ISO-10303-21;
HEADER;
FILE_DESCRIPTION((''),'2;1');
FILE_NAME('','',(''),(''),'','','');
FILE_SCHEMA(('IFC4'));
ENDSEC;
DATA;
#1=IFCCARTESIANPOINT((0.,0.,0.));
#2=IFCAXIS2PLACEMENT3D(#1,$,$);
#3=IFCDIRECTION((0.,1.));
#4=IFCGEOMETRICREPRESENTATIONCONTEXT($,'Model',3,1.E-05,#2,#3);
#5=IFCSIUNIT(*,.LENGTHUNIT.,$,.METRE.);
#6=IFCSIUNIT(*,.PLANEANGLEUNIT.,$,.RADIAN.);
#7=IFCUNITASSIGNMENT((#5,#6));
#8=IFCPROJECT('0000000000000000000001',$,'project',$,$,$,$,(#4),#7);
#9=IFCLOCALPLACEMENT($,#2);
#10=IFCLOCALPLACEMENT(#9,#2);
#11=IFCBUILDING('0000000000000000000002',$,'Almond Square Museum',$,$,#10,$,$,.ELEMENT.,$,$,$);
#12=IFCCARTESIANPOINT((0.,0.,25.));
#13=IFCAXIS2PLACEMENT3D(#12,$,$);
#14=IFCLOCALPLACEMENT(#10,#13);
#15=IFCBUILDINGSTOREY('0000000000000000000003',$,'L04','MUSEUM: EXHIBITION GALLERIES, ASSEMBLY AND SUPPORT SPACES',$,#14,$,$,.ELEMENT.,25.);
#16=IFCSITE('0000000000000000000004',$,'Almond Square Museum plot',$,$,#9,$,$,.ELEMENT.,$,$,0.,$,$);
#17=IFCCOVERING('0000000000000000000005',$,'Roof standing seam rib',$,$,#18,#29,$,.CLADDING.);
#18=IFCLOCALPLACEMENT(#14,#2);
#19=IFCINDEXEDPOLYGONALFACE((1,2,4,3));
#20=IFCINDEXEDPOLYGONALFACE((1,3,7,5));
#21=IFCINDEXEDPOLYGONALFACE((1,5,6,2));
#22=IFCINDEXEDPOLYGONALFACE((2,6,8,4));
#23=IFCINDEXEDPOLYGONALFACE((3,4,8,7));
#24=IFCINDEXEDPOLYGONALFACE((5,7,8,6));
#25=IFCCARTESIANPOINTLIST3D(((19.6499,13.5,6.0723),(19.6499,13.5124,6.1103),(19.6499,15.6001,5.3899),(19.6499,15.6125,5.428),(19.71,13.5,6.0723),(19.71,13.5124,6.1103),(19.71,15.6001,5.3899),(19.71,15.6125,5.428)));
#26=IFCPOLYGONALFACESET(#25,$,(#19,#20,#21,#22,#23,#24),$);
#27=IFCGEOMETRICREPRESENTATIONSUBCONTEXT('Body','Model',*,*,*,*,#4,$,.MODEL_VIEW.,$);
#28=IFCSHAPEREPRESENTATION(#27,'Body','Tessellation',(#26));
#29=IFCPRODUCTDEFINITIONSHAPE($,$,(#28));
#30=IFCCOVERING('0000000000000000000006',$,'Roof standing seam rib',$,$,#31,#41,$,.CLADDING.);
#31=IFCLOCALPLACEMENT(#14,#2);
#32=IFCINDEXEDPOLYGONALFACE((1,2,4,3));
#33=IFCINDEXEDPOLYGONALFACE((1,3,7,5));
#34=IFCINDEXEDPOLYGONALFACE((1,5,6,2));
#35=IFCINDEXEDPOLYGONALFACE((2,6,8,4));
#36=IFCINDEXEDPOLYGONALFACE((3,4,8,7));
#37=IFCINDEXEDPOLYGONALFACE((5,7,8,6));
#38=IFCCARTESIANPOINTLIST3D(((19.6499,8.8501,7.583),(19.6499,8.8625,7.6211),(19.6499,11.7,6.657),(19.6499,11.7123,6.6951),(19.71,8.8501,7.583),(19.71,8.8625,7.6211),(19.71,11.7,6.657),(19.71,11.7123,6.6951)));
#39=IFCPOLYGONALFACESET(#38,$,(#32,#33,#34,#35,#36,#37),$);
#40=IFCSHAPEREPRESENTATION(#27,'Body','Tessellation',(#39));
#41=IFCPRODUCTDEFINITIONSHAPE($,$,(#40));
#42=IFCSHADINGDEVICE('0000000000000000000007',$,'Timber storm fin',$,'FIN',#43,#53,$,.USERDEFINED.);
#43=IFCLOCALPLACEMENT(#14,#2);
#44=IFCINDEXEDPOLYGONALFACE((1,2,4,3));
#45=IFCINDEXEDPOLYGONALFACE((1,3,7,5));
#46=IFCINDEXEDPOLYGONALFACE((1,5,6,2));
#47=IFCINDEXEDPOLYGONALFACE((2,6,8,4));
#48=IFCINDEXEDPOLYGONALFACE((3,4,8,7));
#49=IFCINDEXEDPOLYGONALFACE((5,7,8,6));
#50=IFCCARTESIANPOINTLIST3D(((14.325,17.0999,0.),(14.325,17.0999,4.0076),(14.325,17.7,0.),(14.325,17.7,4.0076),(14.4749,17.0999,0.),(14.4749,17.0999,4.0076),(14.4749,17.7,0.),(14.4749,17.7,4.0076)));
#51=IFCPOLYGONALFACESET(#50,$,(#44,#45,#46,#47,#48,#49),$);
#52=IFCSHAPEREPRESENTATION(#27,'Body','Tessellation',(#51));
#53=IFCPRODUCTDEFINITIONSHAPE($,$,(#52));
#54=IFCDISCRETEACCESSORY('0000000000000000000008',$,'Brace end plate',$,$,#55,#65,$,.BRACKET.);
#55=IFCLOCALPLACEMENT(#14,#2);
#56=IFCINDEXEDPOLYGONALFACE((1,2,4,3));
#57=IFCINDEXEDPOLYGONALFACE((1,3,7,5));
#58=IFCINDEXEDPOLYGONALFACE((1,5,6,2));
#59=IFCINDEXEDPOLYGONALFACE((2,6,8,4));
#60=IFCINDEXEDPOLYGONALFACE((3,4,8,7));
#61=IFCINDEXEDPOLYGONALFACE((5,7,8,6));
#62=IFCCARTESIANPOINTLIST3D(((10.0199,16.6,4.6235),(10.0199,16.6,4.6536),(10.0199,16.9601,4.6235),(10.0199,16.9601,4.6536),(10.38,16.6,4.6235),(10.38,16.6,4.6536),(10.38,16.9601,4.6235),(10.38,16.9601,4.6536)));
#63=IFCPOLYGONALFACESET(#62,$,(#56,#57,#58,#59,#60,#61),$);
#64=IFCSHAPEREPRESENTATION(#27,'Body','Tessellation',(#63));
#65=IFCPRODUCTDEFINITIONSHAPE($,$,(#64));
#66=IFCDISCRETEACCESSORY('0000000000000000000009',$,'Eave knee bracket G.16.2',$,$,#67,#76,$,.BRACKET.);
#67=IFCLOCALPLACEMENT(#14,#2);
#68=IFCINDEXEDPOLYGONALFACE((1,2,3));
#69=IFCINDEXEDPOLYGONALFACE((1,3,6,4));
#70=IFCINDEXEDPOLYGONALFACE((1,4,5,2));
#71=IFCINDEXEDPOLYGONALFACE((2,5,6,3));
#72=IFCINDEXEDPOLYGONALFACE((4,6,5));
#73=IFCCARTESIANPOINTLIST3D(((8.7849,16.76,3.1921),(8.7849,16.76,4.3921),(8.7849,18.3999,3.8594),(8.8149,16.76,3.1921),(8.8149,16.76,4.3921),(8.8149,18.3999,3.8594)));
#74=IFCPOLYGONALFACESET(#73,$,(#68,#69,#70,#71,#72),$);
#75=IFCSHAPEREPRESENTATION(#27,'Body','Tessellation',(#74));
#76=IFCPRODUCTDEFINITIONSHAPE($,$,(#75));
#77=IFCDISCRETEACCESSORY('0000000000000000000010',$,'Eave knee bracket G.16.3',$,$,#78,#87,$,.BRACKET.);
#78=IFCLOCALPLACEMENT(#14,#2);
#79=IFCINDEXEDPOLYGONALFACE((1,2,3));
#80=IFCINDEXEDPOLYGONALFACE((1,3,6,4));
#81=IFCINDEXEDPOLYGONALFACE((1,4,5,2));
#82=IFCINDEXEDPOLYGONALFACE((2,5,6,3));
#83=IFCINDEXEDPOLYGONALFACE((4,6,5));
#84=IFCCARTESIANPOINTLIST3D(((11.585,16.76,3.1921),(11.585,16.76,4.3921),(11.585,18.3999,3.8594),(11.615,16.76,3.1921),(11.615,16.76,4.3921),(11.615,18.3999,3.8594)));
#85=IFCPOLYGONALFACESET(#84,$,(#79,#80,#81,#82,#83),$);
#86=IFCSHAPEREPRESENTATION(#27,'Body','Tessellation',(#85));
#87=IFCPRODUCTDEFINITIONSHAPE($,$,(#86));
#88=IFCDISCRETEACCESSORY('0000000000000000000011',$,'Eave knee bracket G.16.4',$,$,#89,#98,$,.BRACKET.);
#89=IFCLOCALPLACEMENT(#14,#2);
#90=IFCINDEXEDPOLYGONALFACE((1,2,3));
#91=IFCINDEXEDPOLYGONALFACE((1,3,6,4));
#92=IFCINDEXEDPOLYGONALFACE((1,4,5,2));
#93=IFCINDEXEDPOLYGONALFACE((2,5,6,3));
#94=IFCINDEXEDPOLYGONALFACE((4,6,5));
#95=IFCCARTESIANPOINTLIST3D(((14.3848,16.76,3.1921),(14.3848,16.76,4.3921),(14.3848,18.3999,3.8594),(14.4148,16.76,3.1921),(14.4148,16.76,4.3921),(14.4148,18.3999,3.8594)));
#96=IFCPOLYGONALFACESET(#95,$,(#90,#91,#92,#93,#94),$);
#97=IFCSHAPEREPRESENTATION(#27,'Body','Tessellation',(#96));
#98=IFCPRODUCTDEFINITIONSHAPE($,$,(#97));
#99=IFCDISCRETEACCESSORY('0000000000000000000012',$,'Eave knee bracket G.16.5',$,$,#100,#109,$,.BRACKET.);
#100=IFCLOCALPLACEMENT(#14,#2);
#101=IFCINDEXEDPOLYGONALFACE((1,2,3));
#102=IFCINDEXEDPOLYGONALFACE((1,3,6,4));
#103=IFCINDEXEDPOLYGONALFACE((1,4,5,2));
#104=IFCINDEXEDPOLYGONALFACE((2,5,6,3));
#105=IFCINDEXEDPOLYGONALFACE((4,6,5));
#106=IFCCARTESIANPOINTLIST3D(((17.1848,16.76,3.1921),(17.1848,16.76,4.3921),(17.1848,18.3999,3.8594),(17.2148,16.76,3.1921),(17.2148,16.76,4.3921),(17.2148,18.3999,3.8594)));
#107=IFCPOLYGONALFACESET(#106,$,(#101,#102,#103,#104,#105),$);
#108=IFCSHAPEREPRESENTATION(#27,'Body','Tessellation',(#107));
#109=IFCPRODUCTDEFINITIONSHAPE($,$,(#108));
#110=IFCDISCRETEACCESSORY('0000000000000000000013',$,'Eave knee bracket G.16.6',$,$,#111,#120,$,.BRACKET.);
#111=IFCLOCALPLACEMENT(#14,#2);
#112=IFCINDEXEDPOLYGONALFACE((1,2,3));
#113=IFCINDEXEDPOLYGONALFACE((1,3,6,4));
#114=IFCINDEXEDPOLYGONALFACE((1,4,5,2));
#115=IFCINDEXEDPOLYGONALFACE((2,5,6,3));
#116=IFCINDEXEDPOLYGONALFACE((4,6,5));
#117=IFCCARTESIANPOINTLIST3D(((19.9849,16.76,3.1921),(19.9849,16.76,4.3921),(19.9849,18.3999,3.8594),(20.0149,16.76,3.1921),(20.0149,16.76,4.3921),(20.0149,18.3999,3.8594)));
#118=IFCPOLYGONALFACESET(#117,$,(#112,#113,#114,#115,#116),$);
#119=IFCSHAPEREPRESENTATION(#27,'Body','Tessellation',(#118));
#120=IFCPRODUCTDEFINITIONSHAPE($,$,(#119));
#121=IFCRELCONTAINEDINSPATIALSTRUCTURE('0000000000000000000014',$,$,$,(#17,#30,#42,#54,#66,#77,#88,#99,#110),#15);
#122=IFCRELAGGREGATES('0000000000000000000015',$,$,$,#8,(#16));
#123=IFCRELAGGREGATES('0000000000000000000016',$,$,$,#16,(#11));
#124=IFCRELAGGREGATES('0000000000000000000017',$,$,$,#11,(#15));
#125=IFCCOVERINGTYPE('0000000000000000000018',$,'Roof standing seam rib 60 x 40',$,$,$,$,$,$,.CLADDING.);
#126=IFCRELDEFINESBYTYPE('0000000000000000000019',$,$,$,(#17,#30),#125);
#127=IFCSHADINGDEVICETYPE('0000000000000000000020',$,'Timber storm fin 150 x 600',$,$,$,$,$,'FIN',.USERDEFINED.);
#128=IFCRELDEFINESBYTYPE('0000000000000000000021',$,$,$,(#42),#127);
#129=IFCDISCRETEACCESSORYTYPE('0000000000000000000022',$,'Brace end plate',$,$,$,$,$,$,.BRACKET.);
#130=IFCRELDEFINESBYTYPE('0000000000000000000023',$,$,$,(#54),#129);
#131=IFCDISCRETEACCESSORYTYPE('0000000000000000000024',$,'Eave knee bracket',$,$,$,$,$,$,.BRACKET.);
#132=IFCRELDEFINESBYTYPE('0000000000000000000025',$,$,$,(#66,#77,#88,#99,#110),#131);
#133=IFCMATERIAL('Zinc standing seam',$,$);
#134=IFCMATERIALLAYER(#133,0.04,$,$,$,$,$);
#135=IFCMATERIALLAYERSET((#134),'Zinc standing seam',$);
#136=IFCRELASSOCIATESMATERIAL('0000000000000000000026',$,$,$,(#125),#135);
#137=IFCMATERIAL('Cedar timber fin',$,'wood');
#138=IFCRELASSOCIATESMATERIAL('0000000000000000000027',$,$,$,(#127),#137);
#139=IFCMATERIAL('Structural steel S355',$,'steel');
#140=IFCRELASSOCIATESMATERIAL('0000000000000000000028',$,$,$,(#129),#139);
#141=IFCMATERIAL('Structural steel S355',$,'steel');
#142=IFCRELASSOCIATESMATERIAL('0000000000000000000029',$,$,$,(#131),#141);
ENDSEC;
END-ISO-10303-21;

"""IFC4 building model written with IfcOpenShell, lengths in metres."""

from ifc_helpers import new_model, si_unit, direction, frame, origin, origin_2d, place, context, subcontext, project, spatial, polyline, rectangle, outline, extrude, material, layer, layer_set, type_object, element, save


model = new_model("IFC4")

# Units and contexts
model_context = context("Model", 3, precision=1e-05, world=origin(), true_north=direction((0.0, 1.0)))
body_context = subcontext(model_context, "Body", "Model", "MODEL_VIEW")
ifc_project = project(units=[si_unit("LENGTHUNIT", "METRE"), si_unit("PLANEANGLEUNIT", "RADIAN")], contexts=[model_context])

# Site, building, storey
site_placement = place(None, origin())
site = spatial("IfcSite", under=ifc_project, at=site_placement, Name="Almond Square Museum plot", CompositionType="ELEMENT", RefElevation=0.0)
building_placement = place(site_placement, origin())
building = spatial("IfcBuilding", under=site, at=building_placement, Name="Almond Square Museum", CompositionType="ELEMENT")
storey_placement = place(building_placement, frame((0.0, 0.0, 25.0)))
storey = spatial("IfcBuildingStorey", under=building, at=storey_placement, Name="L04", Description="MUSEUM: EXHIBITION GALLERIES, ASSEMBLY AND SUPPORT SPACES", CompositionType="ELEMENT", Elevation=25.0)

# Coverings
ifc_material_1 = material(Name="Zinc standing seam")
ifc_layer_1 = layer(ifc_material_1, 0.04)
ifc_layer_set_1 = layer_set([ifc_layer_1], Name="Zinc standing seam")
covering_type = type_object("IfcCoveringType", Name="Roof standing seam rib 60 x 40", PredefinedType="CLADDING", material=ifc_layer_set_1)
covering_1_placement = place(storey_placement, frame((19.6499, 13.5, 6.0723), z_axis=(0.0, 0.309021, 0.951055), x_axis=(1.0, 0.0, 0.0)))
element("IfcCovering", 1, at=covering_1_placement, inside=storey, type_object=covering_type, Name="Roof standing seam rib", PredefinedType="CLADDING", context=body_context, shape_type="SweptSolid", body=[
    extrude(outline(polyline([(0.0, 0.0), (0.0601, 0.0), (0.0601, 2.2082), (0.0, 2.2082), (0.0, 0.0)])), origin(), (0.0, 0.0, 1.0), 0.04),
])
covering_2_placement = place(storey_placement, frame((19.6499, 11.7, 6.657), z_axis=(0.0, 0.309033, 0.951051), x_axis=(0.0, -0.951051, 0.309033)))
element("IfcCovering", 2, at=covering_2_placement, inside=storey, type_object=covering_type, Name="Roof standing seam rib", PredefinedType="CLADDING", context=body_context, shape_type="SweptSolid", body=[
    extrude(outline(polyline([(0.0, 0.0), (2.9965, 0.0), (2.9965, 0.0601), (0.0, 0.0601), (0.0, 0.0)])), origin(), (0.0, 0.0, 1.0), 0.04),
])

# Shading device
ifc_material_2 = material(Name="Cedar timber fin", Category="wood")
shading_device_type_1 = type_object("IfcShadingDeviceType", Name="Timber storm fin 150 x 600", ElementType="FIN", PredefinedType="USERDEFINED", material=ifc_material_2)
shading_device_placement = place(storey_placement, frame((14.3999, 17.3999, 0.0), z_axis=(0.0, 0.0, 1.0), x_axis=(1.0, 0.0, 0.0)))
element("IfcShadingDevice", 3, at=shading_device_placement, inside=storey, type_object=shading_device_type_1, Name="Timber storm fin", ObjectType="FIN", PredefinedType="USERDEFINED", context=body_context, shape_type="SweptSolid", body=[
    extrude(rectangle(XDim=0.1499, YDim=0.6001, at=origin_2d()), origin(), (0.0, 0.0, 1.0), 4.0076),
])

# Discrete accessories
ifc_material_3 = material(Name="Structural steel S355", Category="steel")
discrete_accessory_type_1 = type_object("IfcDiscreteAccessoryType", Name="Brace end plate", PredefinedType="BRACKET", material=ifc_material_3)
discrete_accessory_placement = place(storey_placement, frame((10.2, 16.78, 4.6235), z_axis=(0.0, 0.0, 1.0), x_axis=(1.0, 0.0, 0.0)))
element("IfcDiscreteAccessory", 4, at=discrete_accessory_placement, inside=storey, type_object=discrete_accessory_type_1, Name="Brace end plate", PredefinedType="BRACKET", context=body_context, shape_type="SweptSolid", body=[
    extrude(rectangle(XDim=0.3601, YDim=0.3601, at=origin_2d()), origin(), (0.0, 0.0, 1.0), 0.03),
])
ifc_material_4 = material(Name="Structural steel S355", Category="steel")
discrete_accessory_type_2 = type_object("IfcDiscreteAccessoryType", Name="Eave knee bracket", PredefinedType="BRACKET", material=ifc_material_4)
for number, where, z_axis, x_axis, name in (
    (5, (8.8, 16.76, 4.3921), (1.0, 0.0, 0.0), (0.0, 0.0, -1.0), "Eave knee bracket G.16.2"),
    (6, (11.6001, 16.76, 4.3921), (1.0, 0.0, 0.0), (0.0, 0.0, -1.0), "Eave knee bracket G.16.3"),
    (7, (14.3999, 16.76, 4.3921), (1.0, 0.0, 0.0), (0.0, 0.0, -1.0), "Eave knee bracket G.16.4"),
    (8, (17.2, 16.76, 4.3921), (1.0, 0.0, 0.0), (0.0, 0.0, -1.0), "Eave knee bracket G.16.5"),
    (9, (20.0, 16.76, 4.3921), (1.0, 0.0, 0.0), (0.0, 0.0, -1.0), "Eave knee bracket G.16.6"),
):
    element("IfcDiscreteAccessory", number, at=place(storey_placement, frame(where, z_axis=z_axis, x_axis=x_axis)), inside=storey, type_object=discrete_accessory_type_2, Name=name, PredefinedType="BRACKET", context=body_context, shape_type="SweptSolid", body=[
        extrude(outline(polyline([(0.0, 0.0), (1.2, 0.0), (0.5327, 1.6399), (0.0, 0.0)])), frame((0.0, 0.0, -0.0151)), (0.0, 0.0, 1.0), 0.03),
    ])

save(model, "model.ifc")
